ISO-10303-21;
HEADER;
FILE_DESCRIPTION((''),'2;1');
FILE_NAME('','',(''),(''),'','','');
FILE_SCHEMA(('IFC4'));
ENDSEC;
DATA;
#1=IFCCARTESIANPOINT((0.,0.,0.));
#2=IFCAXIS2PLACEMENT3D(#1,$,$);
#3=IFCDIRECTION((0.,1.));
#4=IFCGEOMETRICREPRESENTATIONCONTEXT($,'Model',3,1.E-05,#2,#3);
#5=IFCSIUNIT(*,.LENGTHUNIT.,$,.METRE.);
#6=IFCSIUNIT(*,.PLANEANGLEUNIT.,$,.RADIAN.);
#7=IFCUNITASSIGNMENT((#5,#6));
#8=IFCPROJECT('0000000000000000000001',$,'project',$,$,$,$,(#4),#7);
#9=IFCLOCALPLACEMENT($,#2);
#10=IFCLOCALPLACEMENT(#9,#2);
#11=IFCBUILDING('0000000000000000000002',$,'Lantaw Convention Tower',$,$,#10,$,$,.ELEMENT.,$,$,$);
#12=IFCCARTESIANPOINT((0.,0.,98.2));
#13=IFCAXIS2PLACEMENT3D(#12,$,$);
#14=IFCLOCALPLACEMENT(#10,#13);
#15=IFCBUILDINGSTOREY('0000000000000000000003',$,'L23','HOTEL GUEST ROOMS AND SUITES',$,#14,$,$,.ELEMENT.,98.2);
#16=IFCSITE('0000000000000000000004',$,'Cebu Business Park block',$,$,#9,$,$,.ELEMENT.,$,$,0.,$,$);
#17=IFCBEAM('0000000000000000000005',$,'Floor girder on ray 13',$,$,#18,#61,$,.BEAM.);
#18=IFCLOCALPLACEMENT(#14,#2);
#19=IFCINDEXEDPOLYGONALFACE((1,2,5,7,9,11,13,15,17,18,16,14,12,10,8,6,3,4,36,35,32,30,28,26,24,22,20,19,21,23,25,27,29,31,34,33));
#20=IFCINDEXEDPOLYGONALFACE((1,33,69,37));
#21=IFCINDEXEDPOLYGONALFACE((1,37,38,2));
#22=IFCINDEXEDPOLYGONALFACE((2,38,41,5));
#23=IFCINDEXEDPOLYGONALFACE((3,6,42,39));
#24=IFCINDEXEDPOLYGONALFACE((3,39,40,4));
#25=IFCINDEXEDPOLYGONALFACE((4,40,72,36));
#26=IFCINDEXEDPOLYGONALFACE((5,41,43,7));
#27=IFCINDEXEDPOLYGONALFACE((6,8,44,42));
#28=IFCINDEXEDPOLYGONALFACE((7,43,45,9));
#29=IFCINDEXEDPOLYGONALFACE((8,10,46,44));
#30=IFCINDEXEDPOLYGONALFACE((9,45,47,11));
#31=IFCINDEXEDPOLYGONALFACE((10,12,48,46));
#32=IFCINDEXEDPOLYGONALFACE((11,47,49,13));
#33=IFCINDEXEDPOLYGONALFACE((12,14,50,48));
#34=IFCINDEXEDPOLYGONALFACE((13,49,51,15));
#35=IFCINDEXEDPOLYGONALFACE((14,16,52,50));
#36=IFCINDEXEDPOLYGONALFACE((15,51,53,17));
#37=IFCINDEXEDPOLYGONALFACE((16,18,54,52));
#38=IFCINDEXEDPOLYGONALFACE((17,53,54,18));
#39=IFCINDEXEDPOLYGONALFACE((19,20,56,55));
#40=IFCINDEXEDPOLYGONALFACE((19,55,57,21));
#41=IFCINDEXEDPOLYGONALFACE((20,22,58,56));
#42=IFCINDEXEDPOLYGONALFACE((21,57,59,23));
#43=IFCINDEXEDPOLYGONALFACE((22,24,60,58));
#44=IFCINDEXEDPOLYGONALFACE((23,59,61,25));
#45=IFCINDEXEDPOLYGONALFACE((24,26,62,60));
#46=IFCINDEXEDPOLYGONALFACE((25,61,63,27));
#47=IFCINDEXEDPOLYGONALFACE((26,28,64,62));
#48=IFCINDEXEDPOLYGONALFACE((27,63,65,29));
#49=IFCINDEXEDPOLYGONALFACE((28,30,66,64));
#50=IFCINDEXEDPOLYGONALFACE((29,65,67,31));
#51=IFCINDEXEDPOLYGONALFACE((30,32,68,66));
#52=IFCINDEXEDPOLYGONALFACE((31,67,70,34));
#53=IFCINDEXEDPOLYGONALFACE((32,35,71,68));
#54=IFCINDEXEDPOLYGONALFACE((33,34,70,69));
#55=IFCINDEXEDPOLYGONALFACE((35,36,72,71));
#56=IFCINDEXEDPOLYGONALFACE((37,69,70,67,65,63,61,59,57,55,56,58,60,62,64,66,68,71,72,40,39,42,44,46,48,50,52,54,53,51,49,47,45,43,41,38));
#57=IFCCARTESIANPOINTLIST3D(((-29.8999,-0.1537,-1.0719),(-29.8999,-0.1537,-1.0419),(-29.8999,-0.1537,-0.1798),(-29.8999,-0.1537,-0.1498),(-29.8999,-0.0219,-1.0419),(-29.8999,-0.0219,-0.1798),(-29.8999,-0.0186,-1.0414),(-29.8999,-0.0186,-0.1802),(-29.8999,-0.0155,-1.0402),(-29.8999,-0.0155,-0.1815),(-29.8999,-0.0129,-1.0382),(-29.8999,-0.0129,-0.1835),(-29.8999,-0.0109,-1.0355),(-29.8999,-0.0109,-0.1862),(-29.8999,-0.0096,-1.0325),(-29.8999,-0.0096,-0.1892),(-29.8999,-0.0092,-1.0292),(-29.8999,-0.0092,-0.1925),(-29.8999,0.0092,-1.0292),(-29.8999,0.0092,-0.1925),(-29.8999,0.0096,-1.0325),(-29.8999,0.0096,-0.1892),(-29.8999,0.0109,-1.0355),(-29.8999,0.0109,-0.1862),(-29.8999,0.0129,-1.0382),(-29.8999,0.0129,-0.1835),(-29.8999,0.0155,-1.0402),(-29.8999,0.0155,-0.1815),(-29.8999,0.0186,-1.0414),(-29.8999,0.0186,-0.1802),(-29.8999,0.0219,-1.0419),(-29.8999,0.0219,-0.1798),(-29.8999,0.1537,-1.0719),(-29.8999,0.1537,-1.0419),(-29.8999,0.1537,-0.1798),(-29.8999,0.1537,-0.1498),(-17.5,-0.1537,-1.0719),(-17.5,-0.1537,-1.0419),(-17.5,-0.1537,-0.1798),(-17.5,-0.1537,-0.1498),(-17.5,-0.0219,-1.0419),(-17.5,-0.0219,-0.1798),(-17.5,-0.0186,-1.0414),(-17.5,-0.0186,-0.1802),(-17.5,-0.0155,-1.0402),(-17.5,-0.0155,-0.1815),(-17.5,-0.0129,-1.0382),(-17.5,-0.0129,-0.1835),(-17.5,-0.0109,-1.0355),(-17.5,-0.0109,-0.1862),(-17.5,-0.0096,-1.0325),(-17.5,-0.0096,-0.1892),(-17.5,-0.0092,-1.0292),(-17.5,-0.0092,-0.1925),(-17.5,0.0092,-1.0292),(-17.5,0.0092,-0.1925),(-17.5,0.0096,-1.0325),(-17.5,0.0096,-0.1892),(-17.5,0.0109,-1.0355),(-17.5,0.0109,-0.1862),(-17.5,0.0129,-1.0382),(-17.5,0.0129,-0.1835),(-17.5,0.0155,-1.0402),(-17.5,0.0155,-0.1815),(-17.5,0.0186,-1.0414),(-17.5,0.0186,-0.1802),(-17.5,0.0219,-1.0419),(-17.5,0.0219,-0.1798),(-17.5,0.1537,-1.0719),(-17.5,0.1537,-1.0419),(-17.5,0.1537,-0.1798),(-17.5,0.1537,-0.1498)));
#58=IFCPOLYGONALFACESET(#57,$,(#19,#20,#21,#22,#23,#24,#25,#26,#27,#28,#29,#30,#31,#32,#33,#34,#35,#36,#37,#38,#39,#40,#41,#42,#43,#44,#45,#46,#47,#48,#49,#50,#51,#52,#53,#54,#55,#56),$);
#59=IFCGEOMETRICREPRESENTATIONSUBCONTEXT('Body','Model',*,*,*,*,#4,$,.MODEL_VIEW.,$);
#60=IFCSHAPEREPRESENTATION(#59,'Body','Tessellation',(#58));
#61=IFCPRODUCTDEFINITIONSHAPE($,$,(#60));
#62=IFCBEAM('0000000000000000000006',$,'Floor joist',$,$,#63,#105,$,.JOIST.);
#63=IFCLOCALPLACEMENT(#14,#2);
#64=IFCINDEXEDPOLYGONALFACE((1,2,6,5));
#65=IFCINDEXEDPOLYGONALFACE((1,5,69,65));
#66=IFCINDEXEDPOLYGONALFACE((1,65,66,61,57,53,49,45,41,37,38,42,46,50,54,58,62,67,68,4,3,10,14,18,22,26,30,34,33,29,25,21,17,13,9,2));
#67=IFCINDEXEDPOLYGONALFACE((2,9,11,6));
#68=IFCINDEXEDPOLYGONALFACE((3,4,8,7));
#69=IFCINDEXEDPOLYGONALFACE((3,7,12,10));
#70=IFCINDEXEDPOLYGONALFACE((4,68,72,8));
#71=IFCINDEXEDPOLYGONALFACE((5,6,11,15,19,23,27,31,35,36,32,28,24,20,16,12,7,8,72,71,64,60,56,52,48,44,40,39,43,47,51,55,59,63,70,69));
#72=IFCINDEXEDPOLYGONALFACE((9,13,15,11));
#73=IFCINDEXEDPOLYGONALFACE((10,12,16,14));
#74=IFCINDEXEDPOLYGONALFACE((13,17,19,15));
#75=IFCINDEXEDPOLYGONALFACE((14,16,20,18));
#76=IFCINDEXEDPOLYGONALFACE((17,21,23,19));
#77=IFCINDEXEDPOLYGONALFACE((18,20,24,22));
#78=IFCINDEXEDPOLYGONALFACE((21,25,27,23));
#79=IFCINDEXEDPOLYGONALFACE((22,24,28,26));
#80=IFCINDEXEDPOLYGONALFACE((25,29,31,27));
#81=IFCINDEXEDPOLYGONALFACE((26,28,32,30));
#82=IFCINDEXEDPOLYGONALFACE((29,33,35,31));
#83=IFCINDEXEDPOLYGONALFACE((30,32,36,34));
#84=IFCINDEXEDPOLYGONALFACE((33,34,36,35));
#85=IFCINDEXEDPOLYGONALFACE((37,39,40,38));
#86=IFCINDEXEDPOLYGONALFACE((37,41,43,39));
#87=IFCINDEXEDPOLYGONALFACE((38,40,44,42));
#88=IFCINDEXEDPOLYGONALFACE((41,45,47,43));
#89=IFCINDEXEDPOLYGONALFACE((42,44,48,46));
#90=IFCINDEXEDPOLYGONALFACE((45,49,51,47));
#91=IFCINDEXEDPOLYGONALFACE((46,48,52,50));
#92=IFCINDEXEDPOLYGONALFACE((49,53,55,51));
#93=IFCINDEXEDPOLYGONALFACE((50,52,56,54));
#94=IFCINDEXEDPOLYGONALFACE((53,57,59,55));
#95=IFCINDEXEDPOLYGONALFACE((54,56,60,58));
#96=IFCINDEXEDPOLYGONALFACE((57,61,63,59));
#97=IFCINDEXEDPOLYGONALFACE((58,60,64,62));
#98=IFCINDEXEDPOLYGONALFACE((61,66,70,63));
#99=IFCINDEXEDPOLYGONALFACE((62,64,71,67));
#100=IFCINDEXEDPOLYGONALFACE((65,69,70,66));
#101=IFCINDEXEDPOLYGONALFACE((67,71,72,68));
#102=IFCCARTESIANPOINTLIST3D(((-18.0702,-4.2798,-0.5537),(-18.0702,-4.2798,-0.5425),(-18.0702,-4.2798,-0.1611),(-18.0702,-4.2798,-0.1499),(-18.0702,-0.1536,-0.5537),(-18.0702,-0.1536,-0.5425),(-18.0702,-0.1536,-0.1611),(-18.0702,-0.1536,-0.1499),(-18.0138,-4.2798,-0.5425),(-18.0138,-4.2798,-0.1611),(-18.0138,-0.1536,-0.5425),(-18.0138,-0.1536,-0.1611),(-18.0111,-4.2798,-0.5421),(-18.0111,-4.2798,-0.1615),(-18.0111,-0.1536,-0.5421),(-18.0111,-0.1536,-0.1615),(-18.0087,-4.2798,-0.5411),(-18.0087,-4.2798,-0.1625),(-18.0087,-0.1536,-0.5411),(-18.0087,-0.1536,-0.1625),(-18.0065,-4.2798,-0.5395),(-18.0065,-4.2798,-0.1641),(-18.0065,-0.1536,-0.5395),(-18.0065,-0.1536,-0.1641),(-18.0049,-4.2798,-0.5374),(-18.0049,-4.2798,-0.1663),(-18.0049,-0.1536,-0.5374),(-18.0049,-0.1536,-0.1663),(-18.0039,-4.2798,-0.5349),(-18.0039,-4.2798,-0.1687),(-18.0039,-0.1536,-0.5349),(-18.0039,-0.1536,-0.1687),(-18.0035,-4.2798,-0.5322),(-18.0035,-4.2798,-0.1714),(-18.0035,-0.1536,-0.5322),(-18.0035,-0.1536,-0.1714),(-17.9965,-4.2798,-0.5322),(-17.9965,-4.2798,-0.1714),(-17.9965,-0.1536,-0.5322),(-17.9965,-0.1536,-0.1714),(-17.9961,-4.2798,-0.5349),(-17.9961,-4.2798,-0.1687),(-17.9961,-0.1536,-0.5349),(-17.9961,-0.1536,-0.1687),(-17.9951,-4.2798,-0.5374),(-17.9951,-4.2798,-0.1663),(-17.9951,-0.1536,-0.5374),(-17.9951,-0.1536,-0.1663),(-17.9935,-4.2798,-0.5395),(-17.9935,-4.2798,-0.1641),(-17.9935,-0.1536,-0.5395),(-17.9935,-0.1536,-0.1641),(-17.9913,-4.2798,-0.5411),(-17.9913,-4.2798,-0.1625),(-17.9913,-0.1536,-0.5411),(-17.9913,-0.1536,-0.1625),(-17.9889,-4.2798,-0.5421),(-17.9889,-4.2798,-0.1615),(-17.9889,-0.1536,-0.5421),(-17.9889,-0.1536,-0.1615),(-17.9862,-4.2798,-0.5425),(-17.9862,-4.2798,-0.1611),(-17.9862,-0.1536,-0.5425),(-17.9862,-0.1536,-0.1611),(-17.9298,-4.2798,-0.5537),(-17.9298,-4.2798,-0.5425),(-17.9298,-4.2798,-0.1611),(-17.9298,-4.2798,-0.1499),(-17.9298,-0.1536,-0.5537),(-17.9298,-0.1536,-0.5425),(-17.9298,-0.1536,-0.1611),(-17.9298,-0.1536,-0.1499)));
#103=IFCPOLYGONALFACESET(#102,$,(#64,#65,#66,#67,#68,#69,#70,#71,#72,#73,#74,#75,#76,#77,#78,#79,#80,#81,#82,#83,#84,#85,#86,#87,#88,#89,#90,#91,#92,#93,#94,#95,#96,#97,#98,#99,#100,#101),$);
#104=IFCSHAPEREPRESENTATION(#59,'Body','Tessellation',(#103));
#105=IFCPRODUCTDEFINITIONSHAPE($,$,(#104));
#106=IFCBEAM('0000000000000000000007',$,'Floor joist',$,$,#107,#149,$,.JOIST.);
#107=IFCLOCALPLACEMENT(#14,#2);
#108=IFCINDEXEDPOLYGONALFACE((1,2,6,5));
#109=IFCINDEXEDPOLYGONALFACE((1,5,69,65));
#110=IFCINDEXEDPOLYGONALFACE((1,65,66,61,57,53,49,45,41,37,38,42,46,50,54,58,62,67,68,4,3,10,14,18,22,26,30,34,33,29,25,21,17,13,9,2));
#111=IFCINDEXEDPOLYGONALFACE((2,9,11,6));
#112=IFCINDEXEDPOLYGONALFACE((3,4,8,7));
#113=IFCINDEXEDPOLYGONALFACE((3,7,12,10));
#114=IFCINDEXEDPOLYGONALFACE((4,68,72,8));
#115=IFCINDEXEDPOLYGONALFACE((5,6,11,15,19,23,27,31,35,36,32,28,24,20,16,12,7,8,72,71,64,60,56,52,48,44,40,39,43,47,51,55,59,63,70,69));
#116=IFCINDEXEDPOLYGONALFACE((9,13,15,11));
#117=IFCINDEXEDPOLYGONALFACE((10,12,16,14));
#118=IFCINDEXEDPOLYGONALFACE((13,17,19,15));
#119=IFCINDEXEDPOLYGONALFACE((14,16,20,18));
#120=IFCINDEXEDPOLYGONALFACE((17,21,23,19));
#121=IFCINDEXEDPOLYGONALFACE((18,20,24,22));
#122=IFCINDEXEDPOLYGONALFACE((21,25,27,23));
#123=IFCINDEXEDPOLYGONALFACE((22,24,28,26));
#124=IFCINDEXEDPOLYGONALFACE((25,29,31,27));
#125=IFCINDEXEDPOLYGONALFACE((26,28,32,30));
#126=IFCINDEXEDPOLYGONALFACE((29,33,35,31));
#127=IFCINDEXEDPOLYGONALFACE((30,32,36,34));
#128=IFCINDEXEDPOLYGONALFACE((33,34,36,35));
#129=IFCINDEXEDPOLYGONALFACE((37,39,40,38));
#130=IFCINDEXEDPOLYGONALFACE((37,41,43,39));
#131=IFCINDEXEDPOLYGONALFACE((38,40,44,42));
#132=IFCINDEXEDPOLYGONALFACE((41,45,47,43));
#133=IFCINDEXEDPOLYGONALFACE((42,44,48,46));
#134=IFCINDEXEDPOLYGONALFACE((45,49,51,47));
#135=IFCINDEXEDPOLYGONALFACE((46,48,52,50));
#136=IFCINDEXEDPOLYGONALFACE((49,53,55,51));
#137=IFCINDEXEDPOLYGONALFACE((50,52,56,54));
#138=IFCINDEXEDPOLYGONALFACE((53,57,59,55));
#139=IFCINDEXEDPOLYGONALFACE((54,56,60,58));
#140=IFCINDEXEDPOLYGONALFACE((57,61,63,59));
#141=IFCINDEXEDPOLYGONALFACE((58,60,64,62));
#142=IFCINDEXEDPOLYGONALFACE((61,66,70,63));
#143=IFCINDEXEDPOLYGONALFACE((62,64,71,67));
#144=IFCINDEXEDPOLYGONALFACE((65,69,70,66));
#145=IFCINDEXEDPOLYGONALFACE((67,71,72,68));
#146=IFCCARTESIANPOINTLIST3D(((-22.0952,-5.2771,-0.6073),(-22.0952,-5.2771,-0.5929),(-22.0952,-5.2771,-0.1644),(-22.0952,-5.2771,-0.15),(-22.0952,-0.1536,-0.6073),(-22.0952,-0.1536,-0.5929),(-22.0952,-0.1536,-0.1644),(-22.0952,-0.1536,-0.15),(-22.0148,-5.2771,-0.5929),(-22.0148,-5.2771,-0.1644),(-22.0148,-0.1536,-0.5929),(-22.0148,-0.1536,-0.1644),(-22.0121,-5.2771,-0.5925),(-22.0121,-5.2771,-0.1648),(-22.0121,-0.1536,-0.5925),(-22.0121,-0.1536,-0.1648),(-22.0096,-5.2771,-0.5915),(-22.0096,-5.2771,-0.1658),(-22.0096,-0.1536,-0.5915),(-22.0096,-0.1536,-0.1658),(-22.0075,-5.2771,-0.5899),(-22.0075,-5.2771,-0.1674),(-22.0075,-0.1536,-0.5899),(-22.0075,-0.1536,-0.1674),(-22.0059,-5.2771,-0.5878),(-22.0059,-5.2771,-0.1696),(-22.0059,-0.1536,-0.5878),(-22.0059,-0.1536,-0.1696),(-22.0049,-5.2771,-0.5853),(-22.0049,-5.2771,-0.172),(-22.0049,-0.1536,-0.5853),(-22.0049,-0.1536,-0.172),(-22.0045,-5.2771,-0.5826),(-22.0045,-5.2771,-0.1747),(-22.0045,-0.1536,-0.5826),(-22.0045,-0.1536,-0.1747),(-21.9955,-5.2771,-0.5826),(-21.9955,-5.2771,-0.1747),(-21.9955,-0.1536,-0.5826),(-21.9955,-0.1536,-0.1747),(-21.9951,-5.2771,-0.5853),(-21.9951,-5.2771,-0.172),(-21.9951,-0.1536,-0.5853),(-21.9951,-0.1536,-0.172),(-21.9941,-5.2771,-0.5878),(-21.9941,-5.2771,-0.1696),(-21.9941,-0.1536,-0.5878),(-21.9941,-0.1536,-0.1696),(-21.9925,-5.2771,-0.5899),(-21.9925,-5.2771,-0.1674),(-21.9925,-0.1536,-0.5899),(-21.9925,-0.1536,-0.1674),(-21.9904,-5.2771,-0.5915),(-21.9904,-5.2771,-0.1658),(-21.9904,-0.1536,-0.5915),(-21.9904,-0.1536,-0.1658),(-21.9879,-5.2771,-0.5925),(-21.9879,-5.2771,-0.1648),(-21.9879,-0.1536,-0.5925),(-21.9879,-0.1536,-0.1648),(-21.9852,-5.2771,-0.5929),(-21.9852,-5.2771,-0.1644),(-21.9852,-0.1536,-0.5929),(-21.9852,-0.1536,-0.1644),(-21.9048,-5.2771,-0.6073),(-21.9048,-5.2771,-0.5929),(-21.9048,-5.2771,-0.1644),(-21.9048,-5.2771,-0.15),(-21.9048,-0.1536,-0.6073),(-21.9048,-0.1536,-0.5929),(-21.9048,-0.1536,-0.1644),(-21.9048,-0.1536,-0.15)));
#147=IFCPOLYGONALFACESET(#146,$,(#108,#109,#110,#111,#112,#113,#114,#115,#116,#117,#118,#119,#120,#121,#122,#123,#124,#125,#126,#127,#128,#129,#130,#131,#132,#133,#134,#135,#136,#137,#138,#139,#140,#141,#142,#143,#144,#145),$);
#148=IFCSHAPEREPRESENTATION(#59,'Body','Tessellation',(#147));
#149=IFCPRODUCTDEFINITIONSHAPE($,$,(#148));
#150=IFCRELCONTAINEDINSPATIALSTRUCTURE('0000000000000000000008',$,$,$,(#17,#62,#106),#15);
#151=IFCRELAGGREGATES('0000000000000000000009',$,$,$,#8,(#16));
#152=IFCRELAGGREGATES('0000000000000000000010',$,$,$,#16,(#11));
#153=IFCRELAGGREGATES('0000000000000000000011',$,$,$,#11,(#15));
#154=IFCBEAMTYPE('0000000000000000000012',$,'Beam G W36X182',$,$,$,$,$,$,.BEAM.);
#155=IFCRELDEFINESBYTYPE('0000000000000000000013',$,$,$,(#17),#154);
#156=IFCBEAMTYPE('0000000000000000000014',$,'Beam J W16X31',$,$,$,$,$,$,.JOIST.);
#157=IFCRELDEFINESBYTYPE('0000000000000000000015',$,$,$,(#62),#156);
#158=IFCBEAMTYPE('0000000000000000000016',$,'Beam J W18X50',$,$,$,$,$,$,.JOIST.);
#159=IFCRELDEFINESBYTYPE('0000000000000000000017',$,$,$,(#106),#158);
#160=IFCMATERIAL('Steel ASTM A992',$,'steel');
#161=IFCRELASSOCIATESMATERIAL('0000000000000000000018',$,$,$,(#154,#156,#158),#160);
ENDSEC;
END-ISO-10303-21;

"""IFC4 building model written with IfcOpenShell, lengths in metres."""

from ifc_helpers import new_model, si_unit, direction, frame, origin, origin_2d, place, context, subcontext, project, spatial, i_section, extrude, material, material_profile, profile_set, type_object, element, save


model = new_model("IFC4")

# Units and contexts
model_context = context("Model", 3, precision=1e-05, world=origin(), true_north=direction((0.0, 1.0)))
body_context = subcontext(model_context, "Body", "Model", "MODEL_VIEW")
ifc_project = project(units=[si_unit("LENGTHUNIT", "METRE"), si_unit("PLANEANGLEUNIT", "RADIAN")], contexts=[model_context])

# Site, building, storey
site_placement = place(None, origin())
site = spatial("IfcSite", under=ifc_project, at=site_placement, Name="Cebu Business Park block", CompositionType="ELEMENT", RefElevation=0.0)
building_placement = place(site_placement, origin())
building = spatial("IfcBuilding", under=site, at=building_placement, Name="Lantaw Convention Tower", CompositionType="ELEMENT")
storey_placement = place(building_placement, frame((0.0, 0.0, 98.2)))
storey = spatial("IfcBuildingStorey", under=building, at=storey_placement, Name="L23", Description="HOTEL GUEST ROOMS AND SUITES", CompositionType="ELEMENT", Elevation=98.2)

# Beams
ifc_material_1 = material(Name="Steel ASTM A992", Category="steel")
ifc_material_profile_1 = material_profile(ifc_material_1, i_section(OverallWidth=0.3074, OverallDepth=0.9221, WebThickness=0.0183, FlangeThickness=0.03, FilletRadius=0.0127, at=origin_2d()), Name="W36X182")
ifc_profile_set_1 = profile_set([ifc_material_profile_1], Name="Steel ASTM A992")
beam_type_1 = type_object("IfcBeamType", Name="Beam G W36X182", PredefinedType="BEAM", material=ifc_profile_set_1)
beam_1_placement = place(storey_placement, frame((-17.5, 0.0, -0.6108), z_axis=(-1.0, 0.0, 0.0), x_axis=(0.0, -1.0, 0.0)))
element("IfcBeam", 1, at=beam_1_placement, inside=storey, type_object=beam_type_1, Name="Floor girder on ray 13", PredefinedType="BEAM", context=body_context, shape_type="SweptSolid", body=[
    extrude(i_section(OverallWidth=0.3074, OverallDepth=0.9221, WebThickness=0.0183, FlangeThickness=0.03, FilletRadius=0.0127, at=origin_2d()), origin(), (0.0, 0.0, 1.0), 12.3999),
])
ifc_material_profile_2 = material_profile(ifc_material_1, i_section(OverallWidth=0.1404, OverallDepth=0.4038, WebThickness=0.0071, FlangeThickness=0.0112, FilletRadius=0.0103, at=origin_2d()), Name="W16X31")
ifc_profile_set_2 = profile_set([ifc_material_profile_2], Name="Steel ASTM A992")
beam_type_2 = type_object("IfcBeamType", Name="Beam J W16X31", PredefinedType="JOIST", material=ifc_profile_set_2)
beam_2_placement = place(storey_placement, frame((-18.0, -4.2798, -0.3518), z_axis=(0.0, 1.0, 0.0), x_axis=(-1.0, 0.0, 0.0)))
element("IfcBeam", 2, at=beam_2_placement, inside=storey, type_object=beam_type_2, Name="Floor joist", PredefinedType="JOIST", context=body_context, shape_type="SweptSolid", body=[
    extrude(i_section(OverallWidth=0.1404, OverallDepth=0.4038, WebThickness=0.0071, FlangeThickness=0.0112, FilletRadius=0.0103, at=origin_2d()), origin(), (0.0, 0.0, 1.0), 4.1262),
])
ifc_material_profile_3 = material_profile(ifc_material_1, i_section(OverallWidth=0.1904, OverallDepth=0.4573, WebThickness=0.009, FlangeThickness=0.0144, FilletRadius=0.0103, at=origin_2d()), Name="W18X50")
ifc_profile_set_3 = profile_set([ifc_material_profile_3], Name="Steel ASTM A992")
beam_type_3 = type_object("IfcBeamType", Name="Beam J W18X50", PredefinedType="JOIST", material=ifc_profile_set_3)
beam_3_placement = place(storey_placement, frame((-22.0, -5.2771, -0.3787), z_axis=(0.0, 1.0, 0.0), x_axis=(-1.0, 0.0, 0.0)))
element("IfcBeam", 3, at=beam_3_placement, inside=storey, type_object=beam_type_3, Name="Floor joist", PredefinedType="JOIST", context=body_context, shape_type="SweptSolid", body=[
    extrude(i_section(OverallWidth=0.1904, OverallDepth=0.4573, WebThickness=0.009, FlangeThickness=0.0144, FilletRadius=0.0103, at=origin_2d()), origin(), (0.0, 0.0, 1.0), 5.1235),
])

save(model, "model.ifc")
